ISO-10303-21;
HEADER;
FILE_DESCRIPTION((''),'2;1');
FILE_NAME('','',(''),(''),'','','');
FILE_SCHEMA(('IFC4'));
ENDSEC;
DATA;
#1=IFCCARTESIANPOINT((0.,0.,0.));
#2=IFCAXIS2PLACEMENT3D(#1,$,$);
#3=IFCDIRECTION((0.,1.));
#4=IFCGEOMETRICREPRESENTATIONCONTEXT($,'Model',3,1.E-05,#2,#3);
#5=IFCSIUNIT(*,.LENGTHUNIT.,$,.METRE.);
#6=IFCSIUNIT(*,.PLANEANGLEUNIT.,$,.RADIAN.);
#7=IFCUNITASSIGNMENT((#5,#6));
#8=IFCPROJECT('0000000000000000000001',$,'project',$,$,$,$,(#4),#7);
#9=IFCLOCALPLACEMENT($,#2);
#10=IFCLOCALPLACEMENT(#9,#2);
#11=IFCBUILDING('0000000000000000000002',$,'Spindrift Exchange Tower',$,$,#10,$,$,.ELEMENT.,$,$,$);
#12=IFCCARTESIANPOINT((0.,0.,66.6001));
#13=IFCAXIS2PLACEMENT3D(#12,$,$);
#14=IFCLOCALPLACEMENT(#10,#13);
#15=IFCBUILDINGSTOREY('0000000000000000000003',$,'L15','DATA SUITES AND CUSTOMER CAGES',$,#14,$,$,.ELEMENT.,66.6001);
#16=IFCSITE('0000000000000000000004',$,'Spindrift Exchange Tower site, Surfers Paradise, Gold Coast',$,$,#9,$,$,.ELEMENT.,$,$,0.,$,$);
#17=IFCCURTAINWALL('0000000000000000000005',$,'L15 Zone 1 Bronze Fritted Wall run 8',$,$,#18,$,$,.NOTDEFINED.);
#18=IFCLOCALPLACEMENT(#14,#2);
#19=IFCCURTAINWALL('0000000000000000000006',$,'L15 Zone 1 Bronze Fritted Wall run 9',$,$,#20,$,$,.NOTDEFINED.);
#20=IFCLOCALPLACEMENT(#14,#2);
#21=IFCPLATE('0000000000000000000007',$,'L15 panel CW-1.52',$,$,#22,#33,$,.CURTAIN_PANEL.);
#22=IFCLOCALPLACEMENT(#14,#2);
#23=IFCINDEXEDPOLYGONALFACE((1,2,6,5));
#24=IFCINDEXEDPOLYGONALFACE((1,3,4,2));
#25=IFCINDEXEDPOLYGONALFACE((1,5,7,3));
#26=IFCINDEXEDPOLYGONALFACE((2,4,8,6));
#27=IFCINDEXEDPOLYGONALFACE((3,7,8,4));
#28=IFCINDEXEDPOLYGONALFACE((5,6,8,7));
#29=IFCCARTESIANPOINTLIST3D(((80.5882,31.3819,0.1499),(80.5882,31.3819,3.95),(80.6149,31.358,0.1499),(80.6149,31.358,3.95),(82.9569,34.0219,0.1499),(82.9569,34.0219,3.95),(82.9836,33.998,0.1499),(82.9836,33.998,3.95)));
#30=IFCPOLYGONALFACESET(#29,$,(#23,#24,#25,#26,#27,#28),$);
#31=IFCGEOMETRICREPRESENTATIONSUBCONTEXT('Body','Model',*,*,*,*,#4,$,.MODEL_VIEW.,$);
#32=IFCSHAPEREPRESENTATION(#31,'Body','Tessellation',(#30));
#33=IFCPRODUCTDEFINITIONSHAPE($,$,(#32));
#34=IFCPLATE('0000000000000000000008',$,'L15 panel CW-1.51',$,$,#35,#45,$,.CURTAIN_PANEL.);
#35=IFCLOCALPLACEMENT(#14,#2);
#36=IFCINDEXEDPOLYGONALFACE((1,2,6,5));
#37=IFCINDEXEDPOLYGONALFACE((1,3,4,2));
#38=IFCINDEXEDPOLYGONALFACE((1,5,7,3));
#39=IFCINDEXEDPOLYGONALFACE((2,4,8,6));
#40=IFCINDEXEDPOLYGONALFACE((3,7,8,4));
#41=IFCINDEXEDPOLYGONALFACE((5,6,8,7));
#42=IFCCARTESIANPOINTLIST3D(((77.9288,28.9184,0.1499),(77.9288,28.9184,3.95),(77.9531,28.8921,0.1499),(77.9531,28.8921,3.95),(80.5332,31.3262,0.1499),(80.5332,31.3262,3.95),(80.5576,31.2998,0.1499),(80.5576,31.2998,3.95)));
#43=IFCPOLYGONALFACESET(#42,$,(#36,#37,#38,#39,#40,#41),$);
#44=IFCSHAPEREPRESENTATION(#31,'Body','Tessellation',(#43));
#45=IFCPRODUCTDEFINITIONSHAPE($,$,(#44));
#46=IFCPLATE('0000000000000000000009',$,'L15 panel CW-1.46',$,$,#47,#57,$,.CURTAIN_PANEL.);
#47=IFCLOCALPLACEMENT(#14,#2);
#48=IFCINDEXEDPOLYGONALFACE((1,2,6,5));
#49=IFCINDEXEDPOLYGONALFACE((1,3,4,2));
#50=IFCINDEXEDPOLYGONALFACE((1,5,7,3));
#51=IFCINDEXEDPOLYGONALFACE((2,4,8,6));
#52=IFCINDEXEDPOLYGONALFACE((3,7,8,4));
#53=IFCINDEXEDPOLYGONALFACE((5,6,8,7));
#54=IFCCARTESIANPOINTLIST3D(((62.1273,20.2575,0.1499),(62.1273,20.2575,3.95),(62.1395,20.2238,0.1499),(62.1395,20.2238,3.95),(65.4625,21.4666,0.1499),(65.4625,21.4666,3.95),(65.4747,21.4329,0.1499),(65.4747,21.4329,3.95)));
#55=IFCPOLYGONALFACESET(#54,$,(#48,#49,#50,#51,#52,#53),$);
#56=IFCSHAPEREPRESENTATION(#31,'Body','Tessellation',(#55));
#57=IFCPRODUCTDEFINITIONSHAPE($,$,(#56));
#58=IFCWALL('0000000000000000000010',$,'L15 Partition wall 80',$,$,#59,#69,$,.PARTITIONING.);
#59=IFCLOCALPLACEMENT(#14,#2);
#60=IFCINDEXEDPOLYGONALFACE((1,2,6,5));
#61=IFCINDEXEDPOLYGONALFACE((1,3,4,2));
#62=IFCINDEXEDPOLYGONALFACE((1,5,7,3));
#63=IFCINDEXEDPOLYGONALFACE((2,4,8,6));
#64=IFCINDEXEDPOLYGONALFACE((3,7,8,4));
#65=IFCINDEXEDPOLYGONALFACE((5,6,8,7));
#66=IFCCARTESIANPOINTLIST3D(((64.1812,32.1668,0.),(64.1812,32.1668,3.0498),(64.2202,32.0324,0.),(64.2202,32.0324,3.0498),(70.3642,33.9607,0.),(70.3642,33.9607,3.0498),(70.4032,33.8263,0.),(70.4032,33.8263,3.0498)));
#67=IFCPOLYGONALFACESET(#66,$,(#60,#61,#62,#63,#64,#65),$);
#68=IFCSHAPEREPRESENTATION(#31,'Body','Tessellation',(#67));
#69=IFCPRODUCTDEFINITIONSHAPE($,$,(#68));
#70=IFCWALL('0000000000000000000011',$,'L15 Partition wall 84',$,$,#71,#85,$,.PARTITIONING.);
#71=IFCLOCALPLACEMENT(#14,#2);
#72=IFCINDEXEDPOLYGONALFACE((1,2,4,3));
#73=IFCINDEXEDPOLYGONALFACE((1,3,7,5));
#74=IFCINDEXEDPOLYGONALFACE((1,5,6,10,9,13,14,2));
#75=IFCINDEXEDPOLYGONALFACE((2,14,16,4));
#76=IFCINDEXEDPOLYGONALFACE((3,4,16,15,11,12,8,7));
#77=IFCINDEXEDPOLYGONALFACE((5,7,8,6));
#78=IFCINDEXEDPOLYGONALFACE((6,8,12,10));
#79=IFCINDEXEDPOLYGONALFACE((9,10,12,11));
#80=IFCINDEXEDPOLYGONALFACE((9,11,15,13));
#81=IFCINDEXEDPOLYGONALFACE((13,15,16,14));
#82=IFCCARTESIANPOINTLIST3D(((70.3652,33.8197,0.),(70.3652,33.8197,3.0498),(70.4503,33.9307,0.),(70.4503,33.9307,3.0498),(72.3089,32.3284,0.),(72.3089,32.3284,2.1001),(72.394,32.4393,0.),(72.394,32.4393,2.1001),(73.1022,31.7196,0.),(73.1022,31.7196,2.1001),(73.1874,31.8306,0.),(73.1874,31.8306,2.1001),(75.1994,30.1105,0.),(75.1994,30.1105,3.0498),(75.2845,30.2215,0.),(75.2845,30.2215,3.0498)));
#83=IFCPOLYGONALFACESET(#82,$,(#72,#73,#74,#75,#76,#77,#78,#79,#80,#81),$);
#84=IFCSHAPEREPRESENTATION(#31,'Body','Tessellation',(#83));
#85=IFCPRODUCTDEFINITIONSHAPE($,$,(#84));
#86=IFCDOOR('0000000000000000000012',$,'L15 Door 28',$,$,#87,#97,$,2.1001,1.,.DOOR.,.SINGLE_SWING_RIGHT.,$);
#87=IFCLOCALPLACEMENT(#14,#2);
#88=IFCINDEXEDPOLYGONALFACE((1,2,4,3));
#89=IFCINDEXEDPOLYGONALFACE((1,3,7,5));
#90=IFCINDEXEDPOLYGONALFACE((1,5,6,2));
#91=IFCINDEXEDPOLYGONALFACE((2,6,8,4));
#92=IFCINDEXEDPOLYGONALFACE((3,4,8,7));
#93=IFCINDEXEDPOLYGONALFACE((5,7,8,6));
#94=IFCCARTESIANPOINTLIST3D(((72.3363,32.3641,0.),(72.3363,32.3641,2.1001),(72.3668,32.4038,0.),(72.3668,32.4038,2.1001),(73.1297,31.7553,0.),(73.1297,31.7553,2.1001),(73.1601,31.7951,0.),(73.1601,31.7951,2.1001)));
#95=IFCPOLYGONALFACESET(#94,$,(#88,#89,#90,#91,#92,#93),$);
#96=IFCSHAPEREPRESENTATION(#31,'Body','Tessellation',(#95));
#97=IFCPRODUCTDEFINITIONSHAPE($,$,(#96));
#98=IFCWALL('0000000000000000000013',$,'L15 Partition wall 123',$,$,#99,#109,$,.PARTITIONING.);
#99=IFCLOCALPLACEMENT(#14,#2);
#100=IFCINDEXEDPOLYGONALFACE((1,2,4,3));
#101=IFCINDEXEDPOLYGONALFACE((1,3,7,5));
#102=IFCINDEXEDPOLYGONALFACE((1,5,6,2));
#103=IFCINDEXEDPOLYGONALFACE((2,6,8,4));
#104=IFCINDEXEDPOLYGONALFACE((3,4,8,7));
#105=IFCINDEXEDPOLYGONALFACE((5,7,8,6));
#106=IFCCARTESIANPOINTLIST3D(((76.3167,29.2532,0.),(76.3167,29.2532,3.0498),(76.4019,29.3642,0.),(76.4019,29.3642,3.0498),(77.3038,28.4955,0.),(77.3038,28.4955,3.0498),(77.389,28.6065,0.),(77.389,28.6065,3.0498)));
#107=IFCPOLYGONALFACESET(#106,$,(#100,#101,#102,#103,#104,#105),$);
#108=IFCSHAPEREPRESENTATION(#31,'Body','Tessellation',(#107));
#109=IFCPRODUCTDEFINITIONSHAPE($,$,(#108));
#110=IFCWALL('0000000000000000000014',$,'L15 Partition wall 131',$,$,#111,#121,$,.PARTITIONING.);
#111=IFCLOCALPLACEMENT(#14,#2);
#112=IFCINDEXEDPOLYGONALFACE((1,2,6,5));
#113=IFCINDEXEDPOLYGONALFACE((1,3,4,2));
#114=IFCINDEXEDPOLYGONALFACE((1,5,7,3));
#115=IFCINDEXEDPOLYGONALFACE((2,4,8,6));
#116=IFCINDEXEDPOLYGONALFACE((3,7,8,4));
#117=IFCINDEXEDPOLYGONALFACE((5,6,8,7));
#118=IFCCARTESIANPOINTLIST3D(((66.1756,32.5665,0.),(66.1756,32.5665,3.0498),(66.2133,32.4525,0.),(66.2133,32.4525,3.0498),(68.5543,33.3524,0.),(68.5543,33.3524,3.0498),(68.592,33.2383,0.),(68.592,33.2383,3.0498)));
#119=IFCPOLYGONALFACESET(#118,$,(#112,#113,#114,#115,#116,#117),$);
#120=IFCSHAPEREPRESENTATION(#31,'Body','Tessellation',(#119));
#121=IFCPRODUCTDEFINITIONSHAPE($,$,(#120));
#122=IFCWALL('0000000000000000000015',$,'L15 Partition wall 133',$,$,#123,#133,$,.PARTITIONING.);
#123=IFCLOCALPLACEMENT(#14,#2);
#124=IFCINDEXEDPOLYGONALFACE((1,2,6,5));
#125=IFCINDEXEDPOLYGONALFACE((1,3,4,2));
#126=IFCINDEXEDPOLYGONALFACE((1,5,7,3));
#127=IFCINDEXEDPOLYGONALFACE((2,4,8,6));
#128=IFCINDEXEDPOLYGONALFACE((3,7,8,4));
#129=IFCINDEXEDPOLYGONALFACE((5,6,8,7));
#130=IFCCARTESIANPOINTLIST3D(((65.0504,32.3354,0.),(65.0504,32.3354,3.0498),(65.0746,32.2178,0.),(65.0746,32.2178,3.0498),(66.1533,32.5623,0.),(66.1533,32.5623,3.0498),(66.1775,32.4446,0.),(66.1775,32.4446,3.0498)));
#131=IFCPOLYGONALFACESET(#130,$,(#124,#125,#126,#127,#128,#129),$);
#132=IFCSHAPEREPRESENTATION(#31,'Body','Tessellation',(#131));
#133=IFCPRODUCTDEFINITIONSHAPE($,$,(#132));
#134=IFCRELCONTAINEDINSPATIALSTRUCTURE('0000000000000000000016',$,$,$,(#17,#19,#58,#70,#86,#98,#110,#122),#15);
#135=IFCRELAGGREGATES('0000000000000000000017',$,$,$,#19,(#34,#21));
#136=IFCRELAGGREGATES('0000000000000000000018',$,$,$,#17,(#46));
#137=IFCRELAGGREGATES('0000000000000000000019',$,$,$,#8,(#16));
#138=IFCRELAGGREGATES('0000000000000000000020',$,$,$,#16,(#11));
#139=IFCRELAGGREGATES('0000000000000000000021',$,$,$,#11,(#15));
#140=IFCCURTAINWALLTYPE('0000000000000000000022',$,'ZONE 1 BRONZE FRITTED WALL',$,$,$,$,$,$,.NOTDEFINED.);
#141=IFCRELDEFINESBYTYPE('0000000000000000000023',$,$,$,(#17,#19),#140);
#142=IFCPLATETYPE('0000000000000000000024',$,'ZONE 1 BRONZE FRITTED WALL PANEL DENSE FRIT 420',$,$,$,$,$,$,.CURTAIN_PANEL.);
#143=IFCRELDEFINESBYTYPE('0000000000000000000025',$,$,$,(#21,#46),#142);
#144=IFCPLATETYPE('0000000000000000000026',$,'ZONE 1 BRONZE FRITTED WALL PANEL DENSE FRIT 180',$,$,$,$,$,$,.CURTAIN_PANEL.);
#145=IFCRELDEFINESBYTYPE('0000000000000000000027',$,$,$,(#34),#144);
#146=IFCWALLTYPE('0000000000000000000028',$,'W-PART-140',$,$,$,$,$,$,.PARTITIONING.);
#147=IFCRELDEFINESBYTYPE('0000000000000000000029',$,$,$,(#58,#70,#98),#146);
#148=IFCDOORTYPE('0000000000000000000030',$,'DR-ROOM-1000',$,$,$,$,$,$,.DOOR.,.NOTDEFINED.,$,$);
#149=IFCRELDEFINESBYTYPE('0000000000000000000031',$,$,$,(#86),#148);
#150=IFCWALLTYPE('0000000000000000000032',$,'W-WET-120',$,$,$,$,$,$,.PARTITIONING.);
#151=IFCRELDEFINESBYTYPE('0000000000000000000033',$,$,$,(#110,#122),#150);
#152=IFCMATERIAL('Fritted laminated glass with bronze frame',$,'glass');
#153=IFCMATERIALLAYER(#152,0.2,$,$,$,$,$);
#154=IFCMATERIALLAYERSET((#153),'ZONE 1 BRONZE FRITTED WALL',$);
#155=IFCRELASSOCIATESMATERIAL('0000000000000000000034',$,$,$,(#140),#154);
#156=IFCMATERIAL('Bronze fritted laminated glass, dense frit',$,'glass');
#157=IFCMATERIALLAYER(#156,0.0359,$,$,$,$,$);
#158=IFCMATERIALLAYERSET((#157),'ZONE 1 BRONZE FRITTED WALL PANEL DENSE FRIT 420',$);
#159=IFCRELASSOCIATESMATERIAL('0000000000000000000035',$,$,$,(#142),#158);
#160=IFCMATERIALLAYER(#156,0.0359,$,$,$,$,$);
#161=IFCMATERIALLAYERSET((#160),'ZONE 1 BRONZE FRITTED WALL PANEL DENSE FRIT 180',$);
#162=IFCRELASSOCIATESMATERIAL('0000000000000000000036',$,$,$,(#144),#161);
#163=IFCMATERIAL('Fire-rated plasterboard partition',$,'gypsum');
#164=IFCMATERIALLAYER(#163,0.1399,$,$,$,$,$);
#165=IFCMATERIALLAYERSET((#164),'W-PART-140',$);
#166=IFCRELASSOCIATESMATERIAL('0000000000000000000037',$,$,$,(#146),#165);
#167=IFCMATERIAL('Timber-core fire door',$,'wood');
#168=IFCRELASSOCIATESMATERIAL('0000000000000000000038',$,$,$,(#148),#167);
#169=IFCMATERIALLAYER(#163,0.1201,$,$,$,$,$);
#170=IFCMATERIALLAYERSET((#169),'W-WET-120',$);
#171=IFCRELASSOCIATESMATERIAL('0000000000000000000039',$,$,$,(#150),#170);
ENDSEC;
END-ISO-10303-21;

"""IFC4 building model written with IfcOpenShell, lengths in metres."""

from ifc_helpers import new_model, si_unit, direction, frame, frame_2d, origin, origin_2d, place, context, subcontext, project, spatial, rectangle, extrude, source, transform, mapped, material, layer, layer_set, type_object, element, fill, aggregate, save


model = new_model("IFC4")

# Units and contexts
model_context = context("Model", 3, precision=1e-05, world=origin(), true_north=direction((0.0, 1.0)))
body_context = subcontext(model_context, "Body", "Model", "MODEL_VIEW")
ifc_project = project(units=[si_unit("LENGTHUNIT", "METRE"), si_unit("PLANEANGLEUNIT", "RADIAN")], contexts=[model_context])

# Site, building, storey
site_placement = place(None, origin())
site = spatial("IfcSite", under=ifc_project, at=site_placement, Name="Spindrift Exchange Tower site, Surfers Paradise, Gold Coast", CompositionType="ELEMENT", RefElevation=0.0)
building_placement = place(site_placement, origin())
building = spatial("IfcBuilding", under=site, at=building_placement, Name="Spindrift Exchange Tower", CompositionType="ELEMENT")
storey_placement = place(building_placement, frame((0.0, 0.0, 66.6001)))
storey = spatial("IfcBuildingStorey", under=building, at=storey_placement, Name="L15", Description="DATA SUITES AND CUSTOMER CAGES", CompositionType="ELEMENT", Elevation=66.6001)

# Curtain walls
ifc_material_1 = material(Name="Fritted laminated glass with bronze frame", Category="glass")
ifc_layer_1 = layer(ifc_material_1, 0.2)
ifc_layer_set_1 = layer_set([ifc_layer_1], Name="ZONE 1 BRONZE FRITTED WALL")
curtain_wall_type = type_object("IfcCurtainWallType", Name="ZONE 1 BRONZE FRITTED WALL", PredefinedType="NOTDEFINED", material=ifc_layer_set_1)
curtain_wall_1_placement = place(storey_placement, origin())
curtain_wall_1 = element("IfcCurtainWall", 1, at=curtain_wall_1_placement, inside=storey, type_object=curtain_wall_type, Name="L15 Zone 1 Bronze Fritted Wall run 8", PredefinedType="NOTDEFINED")
curtain_wall_2_placement = place(storey_placement, origin())
curtain_wall_2 = element("IfcCurtainWall", 2, at=curtain_wall_2_placement, inside=storey, type_object=curtain_wall_type, Name="L15 Zone 1 Bronze Fritted Wall run 9", PredefinedType="NOTDEFINED")

# Plates
ifc_material_2 = material(Name="Bronze fritted laminated glass, dense frit", Category="glass")
ifc_layer_2 = layer(ifc_material_2, 0.0359)
ifc_layer_set_2 = layer_set([ifc_layer_2], Name="ZONE 1 BRONZE FRITTED WALL PANEL DENSE FRIT 420")
plate_type_1 = type_object("IfcPlateType", Name="ZONE 1 BRONZE FRITTED WALL PANEL DENSE FRIT 420", PredefinedType="CURTAIN_PANEL", material=ifc_layer_set_2)
shared_shape_1 = source(origin(), body_context, "Body", "SweptSolid", [
    extrude(rectangle(XDim=3.5469, YDim=0.0359, at=origin_2d()), origin(), (0.0, 0.0, 1.0), 3.8),
])
plate_1_placement = place(storey_placement, frame((81.7859, 32.6899, 0.1499), z_axis=(0.0, 0.0, 1.0), x_axis=(0.667829, 0.744315, 0.0)))
plate_1 = element("IfcPlate", 3, at=plate_1_placement, type_object=plate_type_1, Name="L15 panel CW-1.52", PredefinedType="CURTAIN_PANEL", context=body_context, shape_type="MappedRepresentation", body=[
    mapped(shared_shape_1, transform((0.0, 0.0, 0.0), scale=1.0)),
])
ifc_layer_3 = layer(ifc_material_2, 0.0359)
ifc_layer_set_3 = layer_set([ifc_layer_3], Name="ZONE 1 BRONZE FRITTED WALL PANEL DENSE FRIT 180")
plate_type_2 = type_object("IfcPlateType", Name="ZONE 1 BRONZE FRITTED WALL PANEL DENSE FRIT 180", PredefinedType="CURTAIN_PANEL", material=ifc_layer_set_3)
shared_shape_2 = source(origin(), body_context, "Body", "SweptSolid", [
    extrude(rectangle(XDim=3.5469, YDim=0.0359, at=origin_2d()), origin(), (0.0, 0.0, 1.0), 3.8),
])
plate_2_placement = place(storey_placement, frame((79.2432, 30.1091, 0.1499), z_axis=(0.0, 0.0, 1.0), x_axis=(0.734286, 0.67884, 0.0)))
plate_2 = element("IfcPlate", 4, at=plate_2_placement, type_object=plate_type_2, Name="L15 panel CW-1.51", PredefinedType="CURTAIN_PANEL", context=body_context, shape_type="MappedRepresentation", body=[
    mapped(shared_shape_2, transform((0.0, 0.0, 0.0), scale=1.0)),
])
aggregate(curtain_wall_2, [plate_2, plate_1])
shared_shape_3 = source(origin(), body_context, "Body", "SweptSolid", [
    extrude(rectangle(XDim=3.5476, YDim=0.0359, at=origin_2d()), origin(), (0.0, 0.0, 1.0), 3.8),
])
plate_3_placement = place(storey_placement, frame((63.801, 20.8452, 0.1499), z_axis=(0.0, 0.0, 1.0), x_axis=(0.94013, 0.340816, 0.0)))
plate_3 = element("IfcPlate", 5, at=plate_3_placement, type_object=plate_type_1, Name="L15 panel CW-1.46", PredefinedType="CURTAIN_PANEL", context=body_context, shape_type="MappedRepresentation", body=[
    mapped(shared_shape_3, transform((0.0, 0.0, 0.0), scale=1.0)),
])
aggregate(curtain_wall_1, [plate_3])

# Wall
ifc_material_3 = material(Name="Fire-rated plasterboard partition", Category="gypsum")
ifc_layer_4 = layer(ifc_material_3, 0.1399)
ifc_layer_set_4 = layer_set([ifc_layer_4], Name="W-PART-140")
wall_type_1 = type_object("IfcWallType", Name="W-PART-140", PredefinedType="PARTITIONING", material=ifc_layer_set_4)
wall_1_placement = place(storey_placement, frame((64.2007, 32.0996, 0.0), z_axis=(0.0, 0.0, 1.0), x_axis=(0.960394, 0.278645, 0.0)))
element("IfcWall", 6, at=wall_1_placement, inside=storey, type_object=wall_type_1, Name="L15 Partition wall 80", PredefinedType="PARTITIONING", context=body_context, shape_type="SweptSolid", body=[
    extrude(rectangle(XDim=6.438, YDim=0.1399, at=frame_2d((3.219, 0.0))), origin(), (0.0, 0.0, 1.0), 3.0498),
])

# Wall, opening, door
wall_2_placement = place(storey_placement, frame((75.2419, 30.166, 0.0), z_axis=(0.0, 0.0, 1.0), x_axis=(-0.79337, 0.60874, 0.0)))
wall_2 = element("IfcWall", 7, at=wall_2_placement, inside=storey, type_object=wall_type_1, Name="L15 Partition wall 84", PredefinedType="PARTITIONING", context=body_context, shape_type="SweptSolid", body=[
    extrude(rectangle(XDim=6.0933, YDim=0.1399, at=frame_2d((3.0466, 0.0))), origin(), (0.0, 0.0, 1.0), 3.0498),
])
opening_placement = place(wall_2_placement, frame((2.6433, 0.0, 0.0)))
opening = element("IfcOpeningElement", 8, at=opening_placement, cuts=wall_2, PredefinedType="OPENING", context=body_context, shape_type="SweptSolid", body=[
    extrude(rectangle(XDim=1.0, YDim=2.1001, at=frame_2d((0.5, 1.05))), frame((0.0, 0.0798, 0.0), z_axis=(0.0, -1.0, 0.0), x_axis=(1.0, 0.0, 0.0)), (0.0, 0.0, 1.0), 0.1599),
])
ifc_material_4 = material(Name="Timber-core fire door", Category="wood")
door_type = type_object("IfcDoorType", Name="DR-ROOM-1000", OperationType="NOTDEFINED", PredefinedType="DOOR", material=ifc_material_4)
shared_shape_4 = source(origin(), body_context, "Body", "SweptSolid", [
    extrude(rectangle(XDim=1.0, YDim=2.1001, at=frame_2d((0.5, 1.05))), frame((0.0, 0.0249, 0.0), z_axis=(0.0, -1.0, 0.0), x_axis=(1.0, 0.0, 0.0)), (0.0, 0.0, 1.0), 0.05),
])
door_placement = place(opening_placement, origin())
door = element("IfcDoor", 9, at=door_placement, inside=storey, type_object=door_type, Name="L15 Door 28", OperationType="SINGLE_SWING_RIGHT", OverallHeight=2.1001, OverallWidth=1.0, PredefinedType="DOOR", context=body_context, shape_type="MappedRepresentation", body=[
    mapped(shared_shape_4, transform((0.0, 0.0, 0.0), scale=1.0)),
])
fill(opening, door)

# Walls
wall_3_placement = place(storey_placement, frame((76.3594, 29.3086, 0.0), z_axis=(0.0, 0.0, 1.0), x_axis=(0.793287, -0.608848, 0.0)))
element("IfcWall", 10, at=wall_3_placement, inside=storey, type_object=wall_type_1, Name="L15 Partition wall 123", PredefinedType="PARTITIONING", context=body_context, shape_type="SweptSolid", body=[
    extrude(rectangle(XDim=1.2444, YDim=0.1399, at=frame_2d((0.6221, 0.0))), origin(), (0.0, 0.0, 1.0), 3.0498),
])
ifc_layer_5 = layer(ifc_material_3, 0.1201)
ifc_layer_set_5 = layer_set([ifc_layer_5], Name="W-WET-120")
wall_type_2 = type_object("IfcWallType", Name="W-WET-120", PredefinedType="PARTITIONING", material=ifc_layer_set_5)
wall_4_placement = place(storey_placement, frame((66.1946, 32.5095, 0.0), z_axis=(0.0, 0.0, 1.0), x_axis=(0.949518, 0.313712, 0.0)))
element("IfcWall", 11, at=wall_4_placement, inside=storey, type_object=wall_type_2, Name="L15 Partition wall 131", PredefinedType="PARTITIONING", context=body_context, shape_type="SweptSolid", body=[
    extrude(rectangle(XDim=2.5051, YDim=0.1201, at=frame_2d((1.2524, 0.0))), origin(), (0.0, 0.0, 1.0), 3.0498),
])
wall_5_placement = place(storey_placement, frame((65.0625, 32.2766, 0.0), z_axis=(0.0, 0.0, 1.0), x_axis=(0.979499, 0.201451, 0.0)))
element("IfcWall", 12, at=wall_5_placement, inside=storey, type_object=wall_type_2, Name="L15 Partition wall 133", PredefinedType="PARTITIONING", context=body_context, shape_type="SweptSolid", body=[
    extrude(rectangle(XDim=1.126, YDim=0.1201, at=frame_2d((0.563, 0.0))), origin(), (0.0, 0.0, 1.0), 3.0498),
])

save(model, "model.ifc")
